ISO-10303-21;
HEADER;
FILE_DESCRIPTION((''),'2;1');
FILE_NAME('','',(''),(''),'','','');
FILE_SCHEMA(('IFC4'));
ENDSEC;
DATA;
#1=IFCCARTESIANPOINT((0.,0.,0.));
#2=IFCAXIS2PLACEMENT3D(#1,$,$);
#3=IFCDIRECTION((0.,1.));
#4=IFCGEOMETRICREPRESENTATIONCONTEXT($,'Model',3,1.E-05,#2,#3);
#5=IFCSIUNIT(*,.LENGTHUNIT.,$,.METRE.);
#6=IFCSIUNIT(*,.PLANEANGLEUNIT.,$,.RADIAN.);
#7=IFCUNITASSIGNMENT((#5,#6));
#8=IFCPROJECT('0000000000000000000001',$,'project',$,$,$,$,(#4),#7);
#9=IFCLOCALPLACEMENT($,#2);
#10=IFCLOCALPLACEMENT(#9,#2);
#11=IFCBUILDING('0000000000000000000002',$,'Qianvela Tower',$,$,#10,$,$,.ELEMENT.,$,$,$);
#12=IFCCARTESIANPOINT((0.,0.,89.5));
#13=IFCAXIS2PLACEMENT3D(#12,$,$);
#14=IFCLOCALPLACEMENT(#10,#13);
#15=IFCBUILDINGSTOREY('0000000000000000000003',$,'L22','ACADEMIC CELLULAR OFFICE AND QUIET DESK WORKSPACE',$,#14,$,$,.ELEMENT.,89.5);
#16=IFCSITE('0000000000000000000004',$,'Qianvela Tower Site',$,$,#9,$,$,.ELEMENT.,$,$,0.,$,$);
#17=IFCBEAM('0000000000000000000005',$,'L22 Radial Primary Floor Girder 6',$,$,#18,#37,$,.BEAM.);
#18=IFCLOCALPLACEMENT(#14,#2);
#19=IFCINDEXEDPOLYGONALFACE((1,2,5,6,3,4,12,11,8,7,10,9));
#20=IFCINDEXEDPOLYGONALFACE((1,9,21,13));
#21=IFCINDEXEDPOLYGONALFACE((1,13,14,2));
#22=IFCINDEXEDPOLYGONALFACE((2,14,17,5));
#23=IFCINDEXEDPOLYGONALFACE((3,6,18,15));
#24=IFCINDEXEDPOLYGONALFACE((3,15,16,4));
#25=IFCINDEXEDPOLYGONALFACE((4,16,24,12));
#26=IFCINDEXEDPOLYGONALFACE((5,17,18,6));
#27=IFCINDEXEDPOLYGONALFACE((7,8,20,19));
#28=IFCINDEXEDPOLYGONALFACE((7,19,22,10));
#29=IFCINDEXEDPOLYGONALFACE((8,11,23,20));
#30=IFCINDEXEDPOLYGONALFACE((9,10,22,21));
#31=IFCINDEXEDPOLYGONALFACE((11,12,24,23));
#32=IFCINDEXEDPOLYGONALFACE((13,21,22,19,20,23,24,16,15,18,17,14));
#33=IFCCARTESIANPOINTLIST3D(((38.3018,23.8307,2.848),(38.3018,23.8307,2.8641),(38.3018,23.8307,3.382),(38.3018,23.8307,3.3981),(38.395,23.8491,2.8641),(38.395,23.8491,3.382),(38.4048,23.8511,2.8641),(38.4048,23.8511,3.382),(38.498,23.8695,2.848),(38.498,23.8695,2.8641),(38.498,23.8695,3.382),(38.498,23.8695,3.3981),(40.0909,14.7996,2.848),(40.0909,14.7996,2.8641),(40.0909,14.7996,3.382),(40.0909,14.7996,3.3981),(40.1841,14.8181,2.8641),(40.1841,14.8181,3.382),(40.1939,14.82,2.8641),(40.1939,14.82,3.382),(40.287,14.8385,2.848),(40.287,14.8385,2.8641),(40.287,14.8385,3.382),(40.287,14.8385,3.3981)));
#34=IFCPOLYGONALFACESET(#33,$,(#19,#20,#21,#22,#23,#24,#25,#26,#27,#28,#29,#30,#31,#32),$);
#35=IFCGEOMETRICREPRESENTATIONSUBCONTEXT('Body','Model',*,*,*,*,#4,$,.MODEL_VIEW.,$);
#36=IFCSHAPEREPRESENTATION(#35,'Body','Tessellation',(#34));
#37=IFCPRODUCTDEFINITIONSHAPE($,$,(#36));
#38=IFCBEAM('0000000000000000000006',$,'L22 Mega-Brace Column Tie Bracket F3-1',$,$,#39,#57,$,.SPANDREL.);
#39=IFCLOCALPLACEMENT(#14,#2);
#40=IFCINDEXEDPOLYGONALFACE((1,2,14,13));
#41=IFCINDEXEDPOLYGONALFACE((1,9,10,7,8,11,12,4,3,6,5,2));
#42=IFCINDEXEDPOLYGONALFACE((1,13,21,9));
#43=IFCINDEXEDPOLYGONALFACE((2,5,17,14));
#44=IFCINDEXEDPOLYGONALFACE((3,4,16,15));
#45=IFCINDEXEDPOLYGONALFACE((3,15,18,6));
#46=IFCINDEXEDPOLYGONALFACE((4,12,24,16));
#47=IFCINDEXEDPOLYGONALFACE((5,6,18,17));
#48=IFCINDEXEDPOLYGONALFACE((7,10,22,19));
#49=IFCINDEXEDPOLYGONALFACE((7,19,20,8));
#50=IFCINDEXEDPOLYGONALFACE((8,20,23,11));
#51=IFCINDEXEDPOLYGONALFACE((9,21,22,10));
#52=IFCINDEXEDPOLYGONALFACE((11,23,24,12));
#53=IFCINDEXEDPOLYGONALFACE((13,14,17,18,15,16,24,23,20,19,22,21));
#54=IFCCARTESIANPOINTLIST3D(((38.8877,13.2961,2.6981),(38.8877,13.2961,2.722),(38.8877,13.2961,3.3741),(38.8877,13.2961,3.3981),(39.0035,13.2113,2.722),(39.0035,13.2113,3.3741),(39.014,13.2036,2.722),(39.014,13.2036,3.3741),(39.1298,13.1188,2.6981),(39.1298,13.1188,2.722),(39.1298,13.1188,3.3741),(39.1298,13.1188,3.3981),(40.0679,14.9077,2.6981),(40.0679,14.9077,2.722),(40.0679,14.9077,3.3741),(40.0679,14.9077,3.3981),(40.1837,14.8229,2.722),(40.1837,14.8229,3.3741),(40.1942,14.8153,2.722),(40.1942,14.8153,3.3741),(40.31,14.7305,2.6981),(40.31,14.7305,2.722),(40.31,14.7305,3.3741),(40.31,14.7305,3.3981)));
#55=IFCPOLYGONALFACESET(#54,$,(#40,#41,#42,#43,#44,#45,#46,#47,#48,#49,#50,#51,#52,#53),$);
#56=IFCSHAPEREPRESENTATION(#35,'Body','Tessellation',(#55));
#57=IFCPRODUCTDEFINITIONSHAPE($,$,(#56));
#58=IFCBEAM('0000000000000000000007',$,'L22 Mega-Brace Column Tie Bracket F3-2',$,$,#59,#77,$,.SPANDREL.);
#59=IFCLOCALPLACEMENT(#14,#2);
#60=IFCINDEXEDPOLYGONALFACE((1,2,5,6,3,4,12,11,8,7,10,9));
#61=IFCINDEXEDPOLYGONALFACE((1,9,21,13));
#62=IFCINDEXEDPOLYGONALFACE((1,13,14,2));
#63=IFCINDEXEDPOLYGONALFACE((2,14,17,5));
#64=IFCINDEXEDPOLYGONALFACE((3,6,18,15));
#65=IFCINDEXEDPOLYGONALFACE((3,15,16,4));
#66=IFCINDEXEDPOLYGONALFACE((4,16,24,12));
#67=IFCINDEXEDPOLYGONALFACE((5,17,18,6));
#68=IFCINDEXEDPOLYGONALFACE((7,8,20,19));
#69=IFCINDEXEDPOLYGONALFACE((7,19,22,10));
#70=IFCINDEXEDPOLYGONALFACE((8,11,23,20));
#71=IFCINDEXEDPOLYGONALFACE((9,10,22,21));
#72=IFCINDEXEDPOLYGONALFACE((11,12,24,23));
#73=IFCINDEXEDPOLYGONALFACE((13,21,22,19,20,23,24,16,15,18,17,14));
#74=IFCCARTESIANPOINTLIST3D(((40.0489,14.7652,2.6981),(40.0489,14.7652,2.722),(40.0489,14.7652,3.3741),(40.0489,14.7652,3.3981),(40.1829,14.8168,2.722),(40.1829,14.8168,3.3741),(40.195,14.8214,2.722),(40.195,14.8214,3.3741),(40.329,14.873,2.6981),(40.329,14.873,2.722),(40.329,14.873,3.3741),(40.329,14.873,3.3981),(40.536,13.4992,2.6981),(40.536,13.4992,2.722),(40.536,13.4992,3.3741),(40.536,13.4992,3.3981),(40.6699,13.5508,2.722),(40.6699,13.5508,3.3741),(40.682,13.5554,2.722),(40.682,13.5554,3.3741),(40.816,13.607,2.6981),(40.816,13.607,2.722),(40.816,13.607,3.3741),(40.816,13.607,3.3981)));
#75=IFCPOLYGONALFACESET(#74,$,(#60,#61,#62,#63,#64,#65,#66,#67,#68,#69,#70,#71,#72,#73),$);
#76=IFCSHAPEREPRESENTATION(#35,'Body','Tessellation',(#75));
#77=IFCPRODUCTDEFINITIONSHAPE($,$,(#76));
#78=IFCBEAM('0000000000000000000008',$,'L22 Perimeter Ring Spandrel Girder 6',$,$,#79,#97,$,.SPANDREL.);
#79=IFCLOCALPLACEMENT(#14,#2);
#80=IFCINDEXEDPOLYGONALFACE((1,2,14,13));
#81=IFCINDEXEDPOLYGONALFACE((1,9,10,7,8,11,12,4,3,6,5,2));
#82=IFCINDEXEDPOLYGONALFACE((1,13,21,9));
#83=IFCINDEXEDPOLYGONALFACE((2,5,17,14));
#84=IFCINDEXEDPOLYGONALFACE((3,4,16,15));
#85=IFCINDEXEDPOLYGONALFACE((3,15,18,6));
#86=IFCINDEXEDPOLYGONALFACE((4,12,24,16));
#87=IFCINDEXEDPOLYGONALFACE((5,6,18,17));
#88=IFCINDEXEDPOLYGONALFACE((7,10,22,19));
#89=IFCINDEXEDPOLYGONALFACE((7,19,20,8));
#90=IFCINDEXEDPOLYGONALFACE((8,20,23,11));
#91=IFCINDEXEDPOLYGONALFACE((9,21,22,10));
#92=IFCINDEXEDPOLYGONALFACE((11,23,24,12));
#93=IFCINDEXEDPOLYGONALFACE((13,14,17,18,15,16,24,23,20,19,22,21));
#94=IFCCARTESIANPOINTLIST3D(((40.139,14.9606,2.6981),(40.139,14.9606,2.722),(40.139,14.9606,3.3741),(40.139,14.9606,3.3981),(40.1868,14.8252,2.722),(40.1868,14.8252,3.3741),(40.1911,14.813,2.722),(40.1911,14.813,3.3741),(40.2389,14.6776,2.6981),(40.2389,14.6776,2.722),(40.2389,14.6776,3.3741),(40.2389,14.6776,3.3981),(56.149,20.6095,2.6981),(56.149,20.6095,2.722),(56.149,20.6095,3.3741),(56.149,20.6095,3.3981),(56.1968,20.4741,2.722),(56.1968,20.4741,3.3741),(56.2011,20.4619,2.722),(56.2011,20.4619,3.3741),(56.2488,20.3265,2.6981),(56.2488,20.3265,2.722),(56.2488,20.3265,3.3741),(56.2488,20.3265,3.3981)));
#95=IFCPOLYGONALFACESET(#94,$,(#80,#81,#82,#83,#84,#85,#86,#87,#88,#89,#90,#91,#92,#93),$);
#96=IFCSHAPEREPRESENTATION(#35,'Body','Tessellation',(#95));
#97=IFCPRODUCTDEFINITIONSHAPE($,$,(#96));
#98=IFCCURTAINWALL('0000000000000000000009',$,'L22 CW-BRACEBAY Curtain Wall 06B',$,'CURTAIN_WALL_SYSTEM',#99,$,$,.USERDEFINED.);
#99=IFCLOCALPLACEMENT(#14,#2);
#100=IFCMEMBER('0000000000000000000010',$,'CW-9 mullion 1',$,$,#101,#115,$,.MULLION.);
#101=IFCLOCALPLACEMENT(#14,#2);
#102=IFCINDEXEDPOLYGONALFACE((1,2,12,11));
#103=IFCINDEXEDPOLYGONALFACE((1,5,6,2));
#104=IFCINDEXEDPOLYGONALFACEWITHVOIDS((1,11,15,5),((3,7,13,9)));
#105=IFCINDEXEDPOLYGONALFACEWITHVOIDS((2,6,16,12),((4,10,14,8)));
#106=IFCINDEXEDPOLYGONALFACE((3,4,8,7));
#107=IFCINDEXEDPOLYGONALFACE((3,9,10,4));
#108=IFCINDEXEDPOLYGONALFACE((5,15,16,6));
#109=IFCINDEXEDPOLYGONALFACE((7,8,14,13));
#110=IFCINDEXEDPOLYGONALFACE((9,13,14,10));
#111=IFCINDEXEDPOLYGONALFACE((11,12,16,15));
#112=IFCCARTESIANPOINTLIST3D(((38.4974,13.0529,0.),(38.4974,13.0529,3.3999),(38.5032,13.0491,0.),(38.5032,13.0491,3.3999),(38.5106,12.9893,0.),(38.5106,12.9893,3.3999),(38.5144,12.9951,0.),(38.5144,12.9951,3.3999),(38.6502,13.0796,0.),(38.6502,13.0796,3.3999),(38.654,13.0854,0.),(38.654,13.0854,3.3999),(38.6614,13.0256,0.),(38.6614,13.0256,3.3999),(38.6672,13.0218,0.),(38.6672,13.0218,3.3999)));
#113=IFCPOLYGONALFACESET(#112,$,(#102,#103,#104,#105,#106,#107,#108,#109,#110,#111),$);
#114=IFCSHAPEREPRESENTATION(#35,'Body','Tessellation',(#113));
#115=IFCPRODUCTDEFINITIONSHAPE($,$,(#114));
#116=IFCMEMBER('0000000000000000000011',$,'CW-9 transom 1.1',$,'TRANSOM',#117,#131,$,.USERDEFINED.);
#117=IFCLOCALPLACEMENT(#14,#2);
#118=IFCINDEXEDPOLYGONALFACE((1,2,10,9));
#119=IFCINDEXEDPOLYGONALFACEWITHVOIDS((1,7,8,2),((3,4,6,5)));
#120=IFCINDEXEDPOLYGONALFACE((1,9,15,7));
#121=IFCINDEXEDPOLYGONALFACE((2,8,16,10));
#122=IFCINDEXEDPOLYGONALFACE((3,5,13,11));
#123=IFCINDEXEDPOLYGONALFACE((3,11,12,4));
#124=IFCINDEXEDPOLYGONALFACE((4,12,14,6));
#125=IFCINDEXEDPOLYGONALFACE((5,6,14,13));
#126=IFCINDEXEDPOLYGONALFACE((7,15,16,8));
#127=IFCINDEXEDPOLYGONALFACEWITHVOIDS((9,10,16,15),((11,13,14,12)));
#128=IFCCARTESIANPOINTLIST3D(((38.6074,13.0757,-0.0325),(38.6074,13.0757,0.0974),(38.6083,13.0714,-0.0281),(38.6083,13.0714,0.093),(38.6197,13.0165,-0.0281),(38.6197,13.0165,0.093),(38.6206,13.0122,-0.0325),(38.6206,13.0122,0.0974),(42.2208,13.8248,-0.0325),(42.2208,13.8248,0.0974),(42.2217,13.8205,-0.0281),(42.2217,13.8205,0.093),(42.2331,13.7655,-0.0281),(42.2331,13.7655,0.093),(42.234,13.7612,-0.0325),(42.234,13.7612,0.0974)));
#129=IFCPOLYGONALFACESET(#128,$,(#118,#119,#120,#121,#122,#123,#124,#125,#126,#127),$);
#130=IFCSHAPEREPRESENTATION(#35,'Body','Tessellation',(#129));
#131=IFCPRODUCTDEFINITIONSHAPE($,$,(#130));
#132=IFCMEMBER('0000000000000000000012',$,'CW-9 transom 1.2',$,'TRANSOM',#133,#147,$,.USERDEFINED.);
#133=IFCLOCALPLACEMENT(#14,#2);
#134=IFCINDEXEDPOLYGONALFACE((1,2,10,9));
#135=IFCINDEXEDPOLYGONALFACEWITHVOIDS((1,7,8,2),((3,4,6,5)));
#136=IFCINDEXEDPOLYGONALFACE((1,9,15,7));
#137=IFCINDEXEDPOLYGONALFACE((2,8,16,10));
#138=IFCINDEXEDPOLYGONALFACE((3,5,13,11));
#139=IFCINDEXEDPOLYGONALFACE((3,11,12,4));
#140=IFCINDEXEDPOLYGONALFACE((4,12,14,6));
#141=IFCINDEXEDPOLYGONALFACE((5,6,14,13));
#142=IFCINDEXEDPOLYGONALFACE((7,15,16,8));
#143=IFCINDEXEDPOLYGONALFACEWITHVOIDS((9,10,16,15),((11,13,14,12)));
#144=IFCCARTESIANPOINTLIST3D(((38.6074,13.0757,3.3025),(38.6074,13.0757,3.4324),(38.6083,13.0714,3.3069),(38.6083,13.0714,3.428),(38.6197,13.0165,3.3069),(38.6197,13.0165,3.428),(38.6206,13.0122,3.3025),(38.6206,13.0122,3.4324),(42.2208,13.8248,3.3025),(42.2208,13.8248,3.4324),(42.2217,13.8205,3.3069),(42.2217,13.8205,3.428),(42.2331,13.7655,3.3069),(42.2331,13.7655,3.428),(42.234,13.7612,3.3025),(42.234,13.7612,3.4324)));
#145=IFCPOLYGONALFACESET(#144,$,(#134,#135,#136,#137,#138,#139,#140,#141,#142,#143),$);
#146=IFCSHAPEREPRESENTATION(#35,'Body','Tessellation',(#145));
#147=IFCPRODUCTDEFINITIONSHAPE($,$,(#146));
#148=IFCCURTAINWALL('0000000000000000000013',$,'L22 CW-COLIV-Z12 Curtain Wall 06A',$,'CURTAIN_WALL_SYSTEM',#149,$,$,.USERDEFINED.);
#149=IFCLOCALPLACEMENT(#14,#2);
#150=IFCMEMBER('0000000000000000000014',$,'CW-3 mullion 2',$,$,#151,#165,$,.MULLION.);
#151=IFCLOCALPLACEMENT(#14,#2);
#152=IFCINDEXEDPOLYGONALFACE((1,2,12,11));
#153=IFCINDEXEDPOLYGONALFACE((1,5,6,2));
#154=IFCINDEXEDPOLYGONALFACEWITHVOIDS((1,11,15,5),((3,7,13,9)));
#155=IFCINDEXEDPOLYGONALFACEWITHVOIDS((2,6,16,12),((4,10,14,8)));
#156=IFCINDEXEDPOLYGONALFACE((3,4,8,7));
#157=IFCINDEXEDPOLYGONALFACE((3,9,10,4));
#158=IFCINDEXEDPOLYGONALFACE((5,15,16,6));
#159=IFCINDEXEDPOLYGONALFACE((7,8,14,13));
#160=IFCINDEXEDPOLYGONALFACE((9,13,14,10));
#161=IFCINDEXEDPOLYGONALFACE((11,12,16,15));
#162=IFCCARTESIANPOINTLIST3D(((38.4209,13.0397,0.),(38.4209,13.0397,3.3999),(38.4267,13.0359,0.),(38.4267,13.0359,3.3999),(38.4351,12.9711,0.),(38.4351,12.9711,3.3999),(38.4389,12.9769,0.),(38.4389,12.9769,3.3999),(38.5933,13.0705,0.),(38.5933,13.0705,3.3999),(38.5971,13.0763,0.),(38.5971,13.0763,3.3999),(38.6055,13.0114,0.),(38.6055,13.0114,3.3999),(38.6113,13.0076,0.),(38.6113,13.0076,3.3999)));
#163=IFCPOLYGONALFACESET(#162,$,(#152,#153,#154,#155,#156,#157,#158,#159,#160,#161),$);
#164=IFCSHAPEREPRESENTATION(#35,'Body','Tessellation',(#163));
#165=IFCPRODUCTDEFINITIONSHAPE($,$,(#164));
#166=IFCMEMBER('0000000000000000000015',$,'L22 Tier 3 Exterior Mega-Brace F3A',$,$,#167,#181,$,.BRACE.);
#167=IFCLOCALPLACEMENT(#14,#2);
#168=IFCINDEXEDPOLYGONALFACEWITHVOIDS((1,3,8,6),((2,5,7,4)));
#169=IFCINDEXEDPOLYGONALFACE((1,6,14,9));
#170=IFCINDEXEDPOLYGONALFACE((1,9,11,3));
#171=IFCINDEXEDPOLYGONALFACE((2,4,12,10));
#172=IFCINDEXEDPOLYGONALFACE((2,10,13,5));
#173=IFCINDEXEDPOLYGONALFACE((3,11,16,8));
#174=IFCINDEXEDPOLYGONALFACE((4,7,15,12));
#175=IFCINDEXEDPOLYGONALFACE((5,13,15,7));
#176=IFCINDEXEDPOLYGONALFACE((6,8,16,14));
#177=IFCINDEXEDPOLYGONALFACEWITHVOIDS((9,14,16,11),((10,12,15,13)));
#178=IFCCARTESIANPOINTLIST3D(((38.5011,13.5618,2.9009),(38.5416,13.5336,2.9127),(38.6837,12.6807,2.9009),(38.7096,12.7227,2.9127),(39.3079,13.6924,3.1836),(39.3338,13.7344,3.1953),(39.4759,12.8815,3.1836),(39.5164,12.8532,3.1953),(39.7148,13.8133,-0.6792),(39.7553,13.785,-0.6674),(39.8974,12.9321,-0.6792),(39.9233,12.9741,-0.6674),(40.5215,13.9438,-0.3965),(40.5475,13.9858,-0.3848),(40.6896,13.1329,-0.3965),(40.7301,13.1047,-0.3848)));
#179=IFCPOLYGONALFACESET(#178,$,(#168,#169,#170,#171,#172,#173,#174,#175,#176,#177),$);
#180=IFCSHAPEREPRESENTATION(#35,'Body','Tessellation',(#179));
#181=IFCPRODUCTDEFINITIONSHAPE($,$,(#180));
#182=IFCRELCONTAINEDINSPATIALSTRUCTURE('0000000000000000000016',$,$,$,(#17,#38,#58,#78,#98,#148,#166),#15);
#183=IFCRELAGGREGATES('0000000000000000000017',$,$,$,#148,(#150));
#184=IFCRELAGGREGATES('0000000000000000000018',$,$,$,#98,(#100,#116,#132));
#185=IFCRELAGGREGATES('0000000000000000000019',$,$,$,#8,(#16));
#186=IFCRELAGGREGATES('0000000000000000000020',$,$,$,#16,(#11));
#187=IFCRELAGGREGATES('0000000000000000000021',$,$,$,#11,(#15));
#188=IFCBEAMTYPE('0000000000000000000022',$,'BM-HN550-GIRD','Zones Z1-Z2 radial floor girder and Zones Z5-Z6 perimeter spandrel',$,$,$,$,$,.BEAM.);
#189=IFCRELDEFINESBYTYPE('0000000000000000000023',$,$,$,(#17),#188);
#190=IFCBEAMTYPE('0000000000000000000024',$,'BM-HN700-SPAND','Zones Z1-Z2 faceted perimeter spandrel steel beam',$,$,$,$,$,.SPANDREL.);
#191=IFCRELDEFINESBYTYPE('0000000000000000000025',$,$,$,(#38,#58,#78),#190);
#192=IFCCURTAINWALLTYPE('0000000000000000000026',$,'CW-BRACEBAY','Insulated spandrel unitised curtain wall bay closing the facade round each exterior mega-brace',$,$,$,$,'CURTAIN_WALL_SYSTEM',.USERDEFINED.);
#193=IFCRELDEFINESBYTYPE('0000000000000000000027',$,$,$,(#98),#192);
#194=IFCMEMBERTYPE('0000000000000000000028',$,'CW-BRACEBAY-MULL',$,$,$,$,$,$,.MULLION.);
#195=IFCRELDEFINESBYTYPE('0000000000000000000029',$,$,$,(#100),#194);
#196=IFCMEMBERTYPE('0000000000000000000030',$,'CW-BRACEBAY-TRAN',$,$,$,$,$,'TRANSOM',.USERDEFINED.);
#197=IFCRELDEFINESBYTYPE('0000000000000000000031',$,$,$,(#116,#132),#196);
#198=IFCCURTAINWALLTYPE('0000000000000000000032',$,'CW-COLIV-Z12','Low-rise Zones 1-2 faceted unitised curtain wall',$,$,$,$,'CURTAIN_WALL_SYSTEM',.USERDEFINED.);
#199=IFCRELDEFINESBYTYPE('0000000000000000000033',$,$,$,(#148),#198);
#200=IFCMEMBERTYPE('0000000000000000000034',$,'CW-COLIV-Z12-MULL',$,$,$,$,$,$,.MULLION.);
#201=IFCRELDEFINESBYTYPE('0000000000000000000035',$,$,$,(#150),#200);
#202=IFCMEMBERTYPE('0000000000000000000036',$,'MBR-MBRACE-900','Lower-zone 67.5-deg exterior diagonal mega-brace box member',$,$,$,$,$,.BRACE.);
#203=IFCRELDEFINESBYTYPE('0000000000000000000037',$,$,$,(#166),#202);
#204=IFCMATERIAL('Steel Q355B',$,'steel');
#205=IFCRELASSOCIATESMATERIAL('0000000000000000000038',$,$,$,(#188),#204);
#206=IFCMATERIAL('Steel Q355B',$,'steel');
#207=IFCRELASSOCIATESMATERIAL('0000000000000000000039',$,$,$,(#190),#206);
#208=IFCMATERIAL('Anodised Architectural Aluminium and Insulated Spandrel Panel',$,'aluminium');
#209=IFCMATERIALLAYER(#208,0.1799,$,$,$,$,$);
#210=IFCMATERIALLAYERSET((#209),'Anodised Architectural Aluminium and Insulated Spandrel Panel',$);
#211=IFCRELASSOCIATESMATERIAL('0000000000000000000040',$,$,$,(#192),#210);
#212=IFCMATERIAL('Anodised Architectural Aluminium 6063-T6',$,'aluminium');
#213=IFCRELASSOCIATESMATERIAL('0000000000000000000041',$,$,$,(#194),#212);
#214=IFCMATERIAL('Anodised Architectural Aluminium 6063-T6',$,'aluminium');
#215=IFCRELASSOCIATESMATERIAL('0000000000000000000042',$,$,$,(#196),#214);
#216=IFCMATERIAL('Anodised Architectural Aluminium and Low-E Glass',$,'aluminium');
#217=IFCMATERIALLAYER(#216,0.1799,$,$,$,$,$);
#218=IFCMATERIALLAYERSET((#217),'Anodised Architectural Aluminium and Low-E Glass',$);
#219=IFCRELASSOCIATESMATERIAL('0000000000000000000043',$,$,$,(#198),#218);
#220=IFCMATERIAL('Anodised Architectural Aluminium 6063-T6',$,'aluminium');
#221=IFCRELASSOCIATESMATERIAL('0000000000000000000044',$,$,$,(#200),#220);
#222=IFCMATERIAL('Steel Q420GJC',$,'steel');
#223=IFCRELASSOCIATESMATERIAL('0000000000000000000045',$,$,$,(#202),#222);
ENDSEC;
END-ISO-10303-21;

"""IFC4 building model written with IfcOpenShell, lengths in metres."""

from ifc_helpers import new_model, si_unit, direction, frame, origin, origin_2d, place, context, subcontext, project, spatial, hollow_rectangle, i_section, extrude, material, layer, layer_set, material_profile, profile_set, type_object, element, aggregate, save


model = new_model("IFC4")

# Units and contexts
model_context = context("Model", 3, precision=1e-05, world=origin(), true_north=direction((0.0, 1.0)))
body_context = subcontext(model_context, "Body", "Model", "MODEL_VIEW")
ifc_project = project(units=[si_unit("LENGTHUNIT", "METRE"), si_unit("PLANEANGLEUNIT", "RADIAN")], contexts=[model_context])

# Site, building, storey
site_placement = place(None, origin())
site = spatial("IfcSite", under=ifc_project, at=site_placement, Name="Qianvela Tower Site", CompositionType="ELEMENT", RefElevation=0.0)
building_placement = place(site_placement, origin())
building = spatial("IfcBuilding", under=site, at=building_placement, Name="Qianvela Tower", CompositionType="ELEMENT")
storey_placement = place(building_placement, frame((0.0, 0.0, 89.5)))
storey = spatial("IfcBuildingStorey", under=building, at=storey_placement, Name="L22", Description="ACADEMIC CELLULAR OFFICE AND QUIET DESK WORKSPACE", CompositionType="ELEMENT", Elevation=89.5)

# Beams
ifc_material_1 = material(Name="Steel Q355B", Category="steel")
ifc_material_profile_1 = material_profile(ifc_material_1, i_section(OverallWidth=0.2, OverallDepth=0.55, WebThickness=0.01, FlangeThickness=0.0161, at=origin_2d()), Name="HN550x200x10x16")
ifc_profile_set_1 = profile_set([ifc_material_profile_1], Name="Steel Q355B")
beam_type_1 = type_object("IfcBeamType", Name="BM-HN550-GIRD", Description="Zones Z1-Z2 radial floor girder and Zones Z5-Z6 perimeter spandrel", PredefinedType="BEAM", material=ifc_profile_set_1)
beam_1_placement = place(storey_placement, frame((38.3999, 23.8501, 3.123), z_axis=(0.194326, -0.980937, 0.0), x_axis=(0.980937, 0.194326, 0.0)))
element("IfcBeam", 1, at=beam_1_placement, inside=storey, type_object=beam_type_1, Name="L22 Radial Primary Floor Girder 6", PredefinedType="BEAM", context=body_context, shape_type="SweptSolid", body=[
    extrude(i_section(OverallWidth=0.2, OverallDepth=0.55, WebThickness=0.01, FlangeThickness=0.0161, at=origin_2d()), origin(), (0.0, 0.0, 1.0), 9.2065),
])
ifc_material_2 = material(Name="Steel Q355B", Category="steel")
ifc_material_profile_2 = material_profile(ifc_material_2, i_section(OverallWidth=0.3, OverallDepth=0.7, WebThickness=0.0129, FlangeThickness=0.0239, at=origin_2d()), Name="HN700x300x13x24")
ifc_profile_set_2 = profile_set([ifc_material_profile_2], Name="Steel Q355B")
beam_type_2 = type_object("IfcBeamType", Name="BM-HN700-SPAND", Description="Zones Z1-Z2 faceted perimeter spandrel steel beam", PredefinedType="SPANDREL", material=ifc_profile_set_2)
beam_2_placement = place(storey_placement, frame((40.189, 14.8191, 3.0481), z_axis=(-0.590828, -0.806797, 0.0), x_axis=(0.806797, -0.590828, 0.0)))
element("IfcBeam", 2, at=beam_2_placement, inside=storey, type_object=beam_type_2, Name="L22 Mega-Brace Column Tie Bracket F3-1", PredefinedType="SPANDREL", context=body_context, shape_type="SweptSolid", body=[
    extrude(i_section(OverallWidth=0.3, OverallDepth=0.7, WebThickness=0.0129, FlangeThickness=0.0239, at=origin_2d()), origin(), (0.0, 0.0, 1.0), 1.9976),
])
beam_3_placement = place(storey_placement, frame((40.189, 14.8191, 3.0481), z_axis=(0.359039, -0.933322, 0.0), x_axis=(0.933322, 0.359039, 0.0)))
element("IfcBeam", 3, at=beam_3_placement, inside=storey, type_object=beam_type_2, Name="L22 Mega-Brace Column Tie Bracket F3-2", PredefinedType="SPANDREL", context=body_context, shape_type="SweptSolid", body=[
    extrude(i_section(OverallWidth=0.3, OverallDepth=0.7, WebThickness=0.0129, FlangeThickness=0.0239, at=origin_2d()), origin(), (0.0, 0.0, 1.0), 1.3564),
])
beam_4_placement = place(storey_placement, frame((40.189, 14.8191, 3.0481), z_axis=(0.943021, 0.332733, 0.0), x_axis=(-0.332733, 0.943021, 0.0)))
element("IfcBeam", 4, at=beam_4_placement, inside=storey, type_object=beam_type_2, Name="L22 Perimeter Ring Spandrel Girder 6", PredefinedType="SPANDREL", context=body_context, shape_type="SweptSolid", body=[
    extrude(i_section(OverallWidth=0.3, OverallDepth=0.7, WebThickness=0.0129, FlangeThickness=0.0239, at=origin_2d()), origin(), (0.0, 0.0, 1.0), 16.9773),
])

# Curtain wall, members
ifc_material_3 = material(Name="Anodised Architectural Aluminium and Insulated Spandrel Panel", Category="aluminium")
ifc_layer_1 = layer(ifc_material_3, 0.1799)
ifc_layer_set_1 = layer_set([ifc_layer_1], Name="Anodised Architectural Aluminium and Insulated Spandrel Panel")
curtain_wall_type_1 = type_object("IfcCurtainWallType", Name="CW-BRACEBAY", Description="Insulated spandrel unitised curtain wall bay closing the facade round each exterior mega-brace", ElementType="CURTAIN_WALL_SYSTEM", PredefinedType="USERDEFINED", material=ifc_layer_set_1)
curtain_wall_1_placement = place(storey_placement, origin())
curtain_wall_1 = element("IfcCurtainWall", 5, at=curtain_wall_1_placement, inside=storey, type_object=curtain_wall_type_1, Name="L22 CW-BRACEBAY Curtain Wall 06B", ObjectType="CURTAIN_WALL_SYSTEM", PredefinedType="USERDEFINED")
ifc_material_4 = material(Name="Anodised Architectural Aluminium 6063-T6", Category="aluminium")
ifc_material_profile_3 = material_profile(ifc_material_4, hollow_rectangle(XDim=0.0649, YDim=0.1599, WallThickness=0.0049, at=origin_2d()), Name="ALU-MULL-65x160")
ifc_profile_set_3 = profile_set([ifc_material_profile_3], Name="Anodised Architectural Aluminium 6063-T6")
member_type_1 = type_object("IfcMemberType", Name="CW-BRACEBAY-MULL", PredefinedType="MULLION", material=ifc_profile_set_3)
member_1_placement = place(storey_placement, frame((38.5823, 13.0374, 0.0), z_axis=(0.0, 0.0, 1.0), x_axis=(-0.203008, 0.979177, 0.0)))
member_1 = element("IfcMember", 6, at=member_1_placement, type_object=member_type_1, Name="CW-9 mullion 1", PredefinedType="MULLION", context=body_context, shape_type="SweptSolid", body=[
    extrude(hollow_rectangle(XDim=0.0649, YDim=0.1599, WallThickness=0.0049, at=origin_2d()), origin(), (0.0, 0.0, 1.0), 3.3999),
])
ifc_material_5 = material(Name="Anodised Architectural Aluminium 6063-T6", Category="aluminium")
ifc_material_profile_4 = material_profile(ifc_material_5, hollow_rectangle(XDim=0.0649, YDim=0.1299, WallThickness=0.0044, at=origin_2d()), Name="ALU-TRAN-65x130")
ifc_profile_set_4 = profile_set([ifc_material_profile_4], Name="Anodised Architectural Aluminium 6063-T6")
member_type_2 = type_object("IfcMemberType", Name="CW-BRACEBAY-TRAN", ElementType="TRANSOM", PredefinedType="USERDEFINED", material=ifc_profile_set_4)
member_2_placement = place(storey_placement, frame((38.614, 13.0439, 0.0325), z_axis=(0.979182, 0.202982, 0.0), x_axis=(-0.202982, 0.979182, 0.0)))
member_2 = element("IfcMember", 7, at=member_2_placement, type_object=member_type_2, Name="CW-9 transom 1.1", ObjectType="TRANSOM", PredefinedType="USERDEFINED", context=body_context, shape_type="SweptSolid", body=[
    extrude(hollow_rectangle(XDim=0.0649, YDim=0.1299, WallThickness=0.0044, at=origin_2d()), origin(), (0.0, 0.0, 1.0), 3.6902),
])
member_3_placement = place(storey_placement, frame((38.614, 13.0439, 3.3674), z_axis=(0.979182, 0.202982, 0.0), x_axis=(-0.202982, 0.979182, 0.0)))
member_3 = element("IfcMember", 8, at=member_3_placement, type_object=member_type_2, Name="CW-9 transom 1.2", ObjectType="TRANSOM", PredefinedType="USERDEFINED", context=body_context, shape_type="SweptSolid", body=[
    extrude(hollow_rectangle(XDim=0.0649, YDim=0.1299, WallThickness=0.0044, at=origin_2d()), origin(), (0.0, 0.0, 1.0), 3.6902),
])

# Curtain wall, member
ifc_material_6 = material(Name="Anodised Architectural Aluminium and Low-E Glass", Category="aluminium")
ifc_layer_2 = layer(ifc_material_6, 0.1799)
ifc_layer_set_2 = layer_set([ifc_layer_2], Name="Anodised Architectural Aluminium and Low-E Glass")
curtain_wall_type_2 = type_object("IfcCurtainWallType", Name="CW-COLIV-Z12", Description="Low-rise Zones 1-2 faceted unitised curtain wall", ElementType="CURTAIN_WALL_SYSTEM", PredefinedType="USERDEFINED", material=ifc_layer_set_2)
curtain_wall_2_placement = place(storey_placement, origin())
curtain_wall_2 = element("IfcCurtainWall", 9, at=curtain_wall_2_placement, inside=storey, type_object=curtain_wall_type_2, Name="L22 CW-COLIV-Z12 Curtain Wall 06A", ObjectType="CURTAIN_WALL_SYSTEM", PredefinedType="USERDEFINED")
ifc_material_7 = material(Name="Anodised Architectural Aluminium 6063-T6", Category="aluminium")
ifc_material_profile_5 = material_profile(ifc_material_7, hollow_rectangle(XDim=0.0701, YDim=0.1799, WallThickness=0.0049, at=origin_2d()), Name="ALU-MULL-70x180")
ifc_profile_set_5 = profile_set([ifc_material_profile_5], Name="Anodised Architectural Aluminium 6063-T6")
member_type_3 = type_object("IfcMemberType", Name="CW-COLIV-Z12-MULL", PredefinedType="MULLION", material=ifc_profile_set_5)
member_4_placement = place(storey_placement, frame((38.5161, 13.0237, 0.0), z_axis=(0.0, 0.0, 1.0), x_axis=(-0.203008, 0.979177, 0.0)))
member_4 = element("IfcMember", 10, at=member_4_placement, type_object=member_type_3, Name="CW-3 mullion 2", PredefinedType="MULLION", context=body_context, shape_type="SweptSolid", body=[
    extrude(hollow_rectangle(XDim=0.0701, YDim=0.1799, WallThickness=0.0049, at=origin_2d()), origin(), (0.0, 0.0, 1.0), 3.3999),
])
aggregate(curtain_wall_2, [member_4])

# Member
ifc_material_8 = material(Name="Steel Q420GJC", Category="steel")
ifc_material_profile_6 = material_profile(ifc_material_8, hollow_rectangle(XDim=0.8999, YDim=0.8999, WallThickness=0.0359, at=origin_2d()), Name="MBOX-900x900x36")
ifc_profile_set_6 = profile_set([ifc_material_profile_6], Name="Steel Q420GJC")
member_type_4 = type_object("IfcMemberType", Name="MBR-MBRACE-900", Description="Lower-zone 67.5-deg exterior diagonal mega-brace box member", PredefinedType="BRACE", material=ifc_profile_set_6)
member_5_placement = place(storey_placement, frame((40.2224, 13.459, -0.532), z_axis=(-0.32034, -0.066375, 0.944974), x_axis=(0.202892, -0.979201, 0.0)))
element("IfcMember", 11, at=member_5_placement, inside=storey, type_object=member_type_4, Name="L22 Tier 3 Exterior Mega-Brace F3A", PredefinedType="BRACE", context=body_context, shape_type="SweptSolid", body=[
    extrude(hollow_rectangle(XDim=0.8999, YDim=0.8999, WallThickness=0.0359, at=origin_2d()), origin(), (0.0, 0.0, 1.0), 3.7886),
])

aggregate(curtain_wall_1, [member_1, member_2, member_3])

save(model, "model.ifc")
